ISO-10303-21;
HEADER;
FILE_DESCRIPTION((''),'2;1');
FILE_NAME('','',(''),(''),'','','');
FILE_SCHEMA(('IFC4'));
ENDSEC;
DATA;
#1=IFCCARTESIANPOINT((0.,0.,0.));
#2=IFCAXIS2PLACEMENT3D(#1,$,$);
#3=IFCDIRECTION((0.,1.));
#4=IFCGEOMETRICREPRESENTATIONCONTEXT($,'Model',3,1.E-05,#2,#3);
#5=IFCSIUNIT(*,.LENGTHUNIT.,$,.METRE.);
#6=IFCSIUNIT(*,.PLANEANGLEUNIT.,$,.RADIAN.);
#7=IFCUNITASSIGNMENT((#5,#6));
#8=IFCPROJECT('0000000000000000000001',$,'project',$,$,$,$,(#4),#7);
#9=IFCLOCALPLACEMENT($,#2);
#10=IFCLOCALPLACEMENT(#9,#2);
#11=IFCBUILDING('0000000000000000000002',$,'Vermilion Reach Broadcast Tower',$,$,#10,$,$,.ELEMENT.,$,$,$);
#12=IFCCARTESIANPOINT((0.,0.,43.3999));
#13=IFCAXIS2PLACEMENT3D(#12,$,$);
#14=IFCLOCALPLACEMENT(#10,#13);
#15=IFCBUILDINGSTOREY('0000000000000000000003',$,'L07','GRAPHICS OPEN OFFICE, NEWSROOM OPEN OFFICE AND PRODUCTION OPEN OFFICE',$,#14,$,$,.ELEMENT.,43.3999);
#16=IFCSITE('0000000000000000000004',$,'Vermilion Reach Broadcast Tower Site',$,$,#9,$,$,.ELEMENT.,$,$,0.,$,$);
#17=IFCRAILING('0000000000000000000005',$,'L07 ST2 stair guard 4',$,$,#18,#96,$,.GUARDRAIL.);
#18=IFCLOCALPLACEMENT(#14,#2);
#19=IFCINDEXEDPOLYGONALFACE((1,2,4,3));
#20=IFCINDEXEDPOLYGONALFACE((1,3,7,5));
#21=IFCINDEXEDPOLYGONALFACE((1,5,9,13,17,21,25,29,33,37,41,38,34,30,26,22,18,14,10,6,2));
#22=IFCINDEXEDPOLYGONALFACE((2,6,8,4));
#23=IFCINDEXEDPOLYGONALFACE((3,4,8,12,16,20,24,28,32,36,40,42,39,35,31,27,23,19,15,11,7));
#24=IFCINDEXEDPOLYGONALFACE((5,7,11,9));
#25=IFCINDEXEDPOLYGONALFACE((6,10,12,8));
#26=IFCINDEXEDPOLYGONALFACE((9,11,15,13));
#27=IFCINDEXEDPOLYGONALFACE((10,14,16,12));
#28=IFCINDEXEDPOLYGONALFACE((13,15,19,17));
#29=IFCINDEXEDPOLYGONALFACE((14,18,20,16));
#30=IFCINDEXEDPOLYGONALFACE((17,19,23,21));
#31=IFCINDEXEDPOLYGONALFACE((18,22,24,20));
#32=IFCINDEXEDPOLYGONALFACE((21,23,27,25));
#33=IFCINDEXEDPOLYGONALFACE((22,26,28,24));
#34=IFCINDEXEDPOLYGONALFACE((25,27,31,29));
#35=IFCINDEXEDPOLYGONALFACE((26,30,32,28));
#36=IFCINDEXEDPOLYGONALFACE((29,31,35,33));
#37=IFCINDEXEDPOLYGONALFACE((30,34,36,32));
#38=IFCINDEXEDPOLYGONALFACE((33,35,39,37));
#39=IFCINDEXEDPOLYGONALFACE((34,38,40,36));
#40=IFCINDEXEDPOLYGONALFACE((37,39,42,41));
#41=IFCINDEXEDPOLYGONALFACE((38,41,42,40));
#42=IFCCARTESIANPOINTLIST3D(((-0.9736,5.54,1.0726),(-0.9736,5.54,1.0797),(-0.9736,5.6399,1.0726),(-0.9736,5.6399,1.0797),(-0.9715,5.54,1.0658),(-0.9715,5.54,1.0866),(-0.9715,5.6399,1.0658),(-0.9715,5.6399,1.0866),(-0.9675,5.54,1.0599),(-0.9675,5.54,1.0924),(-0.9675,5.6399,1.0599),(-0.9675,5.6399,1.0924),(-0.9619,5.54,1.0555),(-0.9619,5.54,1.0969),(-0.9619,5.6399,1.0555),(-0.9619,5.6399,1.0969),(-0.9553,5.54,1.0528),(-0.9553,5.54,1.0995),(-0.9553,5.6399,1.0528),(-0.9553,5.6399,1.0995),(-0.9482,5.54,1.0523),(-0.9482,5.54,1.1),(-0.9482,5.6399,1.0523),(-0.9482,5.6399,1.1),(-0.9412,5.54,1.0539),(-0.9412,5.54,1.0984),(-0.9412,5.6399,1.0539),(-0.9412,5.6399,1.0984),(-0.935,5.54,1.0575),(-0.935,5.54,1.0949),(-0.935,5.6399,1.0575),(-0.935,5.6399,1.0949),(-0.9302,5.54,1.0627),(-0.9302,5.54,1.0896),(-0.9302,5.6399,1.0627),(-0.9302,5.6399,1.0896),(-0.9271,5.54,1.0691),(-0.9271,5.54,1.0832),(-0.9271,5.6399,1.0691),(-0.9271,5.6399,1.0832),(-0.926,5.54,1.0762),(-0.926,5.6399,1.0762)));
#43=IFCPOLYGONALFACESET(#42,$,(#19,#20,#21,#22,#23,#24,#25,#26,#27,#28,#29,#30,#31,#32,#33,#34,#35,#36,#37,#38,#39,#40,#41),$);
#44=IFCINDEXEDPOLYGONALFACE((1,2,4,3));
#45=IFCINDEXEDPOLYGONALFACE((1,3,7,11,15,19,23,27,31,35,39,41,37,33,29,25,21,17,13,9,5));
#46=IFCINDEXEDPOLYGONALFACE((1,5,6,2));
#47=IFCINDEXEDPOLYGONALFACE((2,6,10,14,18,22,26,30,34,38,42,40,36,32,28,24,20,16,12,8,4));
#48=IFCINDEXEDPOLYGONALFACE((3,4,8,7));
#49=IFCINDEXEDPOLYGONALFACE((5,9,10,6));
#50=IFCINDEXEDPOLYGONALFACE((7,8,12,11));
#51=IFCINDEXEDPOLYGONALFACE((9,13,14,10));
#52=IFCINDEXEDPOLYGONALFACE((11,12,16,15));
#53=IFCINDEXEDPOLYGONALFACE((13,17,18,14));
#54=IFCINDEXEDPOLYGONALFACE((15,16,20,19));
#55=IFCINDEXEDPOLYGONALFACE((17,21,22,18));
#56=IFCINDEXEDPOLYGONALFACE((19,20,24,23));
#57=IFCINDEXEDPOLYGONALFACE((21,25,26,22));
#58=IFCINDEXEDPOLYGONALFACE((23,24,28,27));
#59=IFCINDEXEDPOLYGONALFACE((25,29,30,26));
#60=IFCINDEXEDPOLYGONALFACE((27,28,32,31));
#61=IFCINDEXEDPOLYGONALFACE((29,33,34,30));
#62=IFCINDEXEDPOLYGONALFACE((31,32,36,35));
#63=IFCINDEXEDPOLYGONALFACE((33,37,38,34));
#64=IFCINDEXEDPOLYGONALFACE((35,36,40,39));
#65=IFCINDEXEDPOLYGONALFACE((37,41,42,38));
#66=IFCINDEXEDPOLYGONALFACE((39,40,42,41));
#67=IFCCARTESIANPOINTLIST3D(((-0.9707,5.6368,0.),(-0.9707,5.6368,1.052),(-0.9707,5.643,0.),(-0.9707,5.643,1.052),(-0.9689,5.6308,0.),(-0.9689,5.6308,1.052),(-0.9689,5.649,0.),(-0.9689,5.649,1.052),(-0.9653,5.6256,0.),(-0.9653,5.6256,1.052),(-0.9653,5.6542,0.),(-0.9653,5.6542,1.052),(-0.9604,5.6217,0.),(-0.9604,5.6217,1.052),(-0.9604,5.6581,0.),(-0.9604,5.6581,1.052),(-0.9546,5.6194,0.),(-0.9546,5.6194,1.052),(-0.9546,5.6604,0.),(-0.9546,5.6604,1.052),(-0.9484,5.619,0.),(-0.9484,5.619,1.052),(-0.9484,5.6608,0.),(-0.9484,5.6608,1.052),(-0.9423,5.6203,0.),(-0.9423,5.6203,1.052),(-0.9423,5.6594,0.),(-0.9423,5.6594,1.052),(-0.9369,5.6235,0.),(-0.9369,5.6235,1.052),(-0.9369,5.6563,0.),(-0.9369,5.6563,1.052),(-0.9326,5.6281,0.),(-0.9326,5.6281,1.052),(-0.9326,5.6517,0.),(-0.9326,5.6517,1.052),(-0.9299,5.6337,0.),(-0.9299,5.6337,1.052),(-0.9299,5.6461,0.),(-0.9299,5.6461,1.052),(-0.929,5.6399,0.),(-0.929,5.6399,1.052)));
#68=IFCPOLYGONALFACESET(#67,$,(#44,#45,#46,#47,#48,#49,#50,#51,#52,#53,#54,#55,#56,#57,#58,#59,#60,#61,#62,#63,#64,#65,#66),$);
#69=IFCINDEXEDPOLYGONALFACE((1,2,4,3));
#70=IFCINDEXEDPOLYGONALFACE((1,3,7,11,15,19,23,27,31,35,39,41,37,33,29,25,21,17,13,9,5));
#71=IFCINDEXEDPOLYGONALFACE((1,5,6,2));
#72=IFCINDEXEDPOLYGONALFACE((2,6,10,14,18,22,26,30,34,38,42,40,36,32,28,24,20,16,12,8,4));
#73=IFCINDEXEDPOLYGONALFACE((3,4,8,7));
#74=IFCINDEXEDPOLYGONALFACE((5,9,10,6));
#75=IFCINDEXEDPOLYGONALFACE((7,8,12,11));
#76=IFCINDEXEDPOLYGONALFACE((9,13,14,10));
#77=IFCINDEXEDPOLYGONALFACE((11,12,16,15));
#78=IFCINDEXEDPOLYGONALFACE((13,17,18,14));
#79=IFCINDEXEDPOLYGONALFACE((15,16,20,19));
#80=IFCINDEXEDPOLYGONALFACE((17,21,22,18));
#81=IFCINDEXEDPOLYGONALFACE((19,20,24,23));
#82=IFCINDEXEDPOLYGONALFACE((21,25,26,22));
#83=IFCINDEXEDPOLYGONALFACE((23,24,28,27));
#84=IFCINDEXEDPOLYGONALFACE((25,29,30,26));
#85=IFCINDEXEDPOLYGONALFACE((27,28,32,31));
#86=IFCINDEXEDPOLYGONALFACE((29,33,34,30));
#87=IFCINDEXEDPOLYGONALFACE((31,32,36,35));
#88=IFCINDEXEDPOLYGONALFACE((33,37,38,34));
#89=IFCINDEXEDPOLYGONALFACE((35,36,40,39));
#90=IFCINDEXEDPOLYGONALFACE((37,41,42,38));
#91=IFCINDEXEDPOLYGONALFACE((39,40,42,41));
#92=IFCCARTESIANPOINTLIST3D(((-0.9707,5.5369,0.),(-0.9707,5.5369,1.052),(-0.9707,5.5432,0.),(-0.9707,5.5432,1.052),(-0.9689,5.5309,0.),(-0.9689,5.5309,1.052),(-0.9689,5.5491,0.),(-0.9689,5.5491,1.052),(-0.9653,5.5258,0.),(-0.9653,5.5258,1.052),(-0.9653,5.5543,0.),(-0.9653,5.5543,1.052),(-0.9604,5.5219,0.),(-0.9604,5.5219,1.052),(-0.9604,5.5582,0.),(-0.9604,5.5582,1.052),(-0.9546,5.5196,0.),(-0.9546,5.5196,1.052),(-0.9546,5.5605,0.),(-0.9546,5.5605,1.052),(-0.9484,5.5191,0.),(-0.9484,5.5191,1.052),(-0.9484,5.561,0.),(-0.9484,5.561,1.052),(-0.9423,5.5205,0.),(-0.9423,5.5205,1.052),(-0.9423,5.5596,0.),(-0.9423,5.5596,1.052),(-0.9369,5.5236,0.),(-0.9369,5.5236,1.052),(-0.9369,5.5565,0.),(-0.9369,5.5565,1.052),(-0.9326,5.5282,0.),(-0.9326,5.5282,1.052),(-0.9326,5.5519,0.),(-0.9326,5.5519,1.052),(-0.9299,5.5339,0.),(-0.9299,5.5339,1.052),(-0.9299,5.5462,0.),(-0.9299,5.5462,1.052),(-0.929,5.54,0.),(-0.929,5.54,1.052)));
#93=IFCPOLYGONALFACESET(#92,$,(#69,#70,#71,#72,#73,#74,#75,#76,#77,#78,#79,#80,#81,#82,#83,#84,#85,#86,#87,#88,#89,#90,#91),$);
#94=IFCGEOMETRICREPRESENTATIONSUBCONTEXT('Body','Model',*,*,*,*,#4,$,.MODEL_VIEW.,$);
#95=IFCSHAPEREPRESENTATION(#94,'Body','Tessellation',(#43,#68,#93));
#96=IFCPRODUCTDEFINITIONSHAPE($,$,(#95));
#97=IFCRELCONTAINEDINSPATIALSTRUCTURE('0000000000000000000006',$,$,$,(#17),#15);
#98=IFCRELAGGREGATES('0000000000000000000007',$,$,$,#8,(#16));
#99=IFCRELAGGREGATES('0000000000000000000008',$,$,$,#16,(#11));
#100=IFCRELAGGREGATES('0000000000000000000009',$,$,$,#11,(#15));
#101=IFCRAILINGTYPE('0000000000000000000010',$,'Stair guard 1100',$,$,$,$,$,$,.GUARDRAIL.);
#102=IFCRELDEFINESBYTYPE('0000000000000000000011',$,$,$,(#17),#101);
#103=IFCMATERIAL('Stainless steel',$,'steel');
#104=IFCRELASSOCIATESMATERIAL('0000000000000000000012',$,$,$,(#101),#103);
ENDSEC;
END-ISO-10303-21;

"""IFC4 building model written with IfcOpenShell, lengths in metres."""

from ifc_helpers import new_model, si_unit, direction, frame, origin, origin_2d, place, context, subcontext, project, spatial, circle, extrude, material, type_object, element, save


model = new_model("IFC4")

# Units and contexts
model_context = context("Model", 3, precision=1e-05, world=origin(), true_north=direction((0.0, 1.0)))
body_context = subcontext(model_context, "Body", "Model", "MODEL_VIEW")
ifc_project = project(units=[si_unit("LENGTHUNIT", "METRE"), si_unit("PLANEANGLEUNIT", "RADIAN")], contexts=[model_context])

# Site, building, storey
site_placement = place(None, origin())
site = spatial("IfcSite", under=ifc_project, at=site_placement, Name="Vermilion Reach Broadcast Tower Site", CompositionType="ELEMENT", RefElevation=0.0)
building_placement = place(site_placement, origin())
building = spatial("IfcBuilding", under=site, at=building_placement, Name="Vermilion Reach Broadcast Tower", CompositionType="ELEMENT")
storey_placement = place(building_placement, frame((0.0, 0.0, 43.3999)))
storey = spatial("IfcBuildingStorey", under=building, at=storey_placement, Name="L07", Description="GRAPHICS OPEN OFFICE, NEWSROOM OPEN OFFICE AND PRODUCTION OPEN OFFICE", CompositionType="ELEMENT", Elevation=43.3999)

# Railing
ifc_material_1 = material(Name="Stainless steel", Category="steel")
railing_type_1 = type_object("IfcRailingType", Name="Stair guard 1100", PredefinedType="GUARDRAIL", material=ifc_material_1)
railing_1_placement = place(storey_placement, frame((-0.95, 5.6399, 0.0)))
element("IfcRailing", 1, at=railing_1_placement, inside=storey, type_object=railing_type_1, Name="L07 ST2 stair guard 4", PredefinedType="GUARDRAIL", context=body_context, shape_type="SweptSolid", body=[
    extrude(circle(Radius=0.0239, at=origin_2d()), frame((0.0, 0.0, 1.0762), z_axis=(0.0, -1.0, 0.0), x_axis=(1.0, 0.0, 0.0)), (0.0, 0.0, 1.0), 0.0999),
    extrude(circle(Radius=0.021, at=origin_2d()), origin(), (0.0, 0.0, 1.0), 1.052),
    extrude(circle(Radius=0.021, at=origin_2d()), frame((0.0, -0.0999, 0.0)), (0.0, 0.0, 1.0), 1.052),
])

save(model, "model.ifc")
